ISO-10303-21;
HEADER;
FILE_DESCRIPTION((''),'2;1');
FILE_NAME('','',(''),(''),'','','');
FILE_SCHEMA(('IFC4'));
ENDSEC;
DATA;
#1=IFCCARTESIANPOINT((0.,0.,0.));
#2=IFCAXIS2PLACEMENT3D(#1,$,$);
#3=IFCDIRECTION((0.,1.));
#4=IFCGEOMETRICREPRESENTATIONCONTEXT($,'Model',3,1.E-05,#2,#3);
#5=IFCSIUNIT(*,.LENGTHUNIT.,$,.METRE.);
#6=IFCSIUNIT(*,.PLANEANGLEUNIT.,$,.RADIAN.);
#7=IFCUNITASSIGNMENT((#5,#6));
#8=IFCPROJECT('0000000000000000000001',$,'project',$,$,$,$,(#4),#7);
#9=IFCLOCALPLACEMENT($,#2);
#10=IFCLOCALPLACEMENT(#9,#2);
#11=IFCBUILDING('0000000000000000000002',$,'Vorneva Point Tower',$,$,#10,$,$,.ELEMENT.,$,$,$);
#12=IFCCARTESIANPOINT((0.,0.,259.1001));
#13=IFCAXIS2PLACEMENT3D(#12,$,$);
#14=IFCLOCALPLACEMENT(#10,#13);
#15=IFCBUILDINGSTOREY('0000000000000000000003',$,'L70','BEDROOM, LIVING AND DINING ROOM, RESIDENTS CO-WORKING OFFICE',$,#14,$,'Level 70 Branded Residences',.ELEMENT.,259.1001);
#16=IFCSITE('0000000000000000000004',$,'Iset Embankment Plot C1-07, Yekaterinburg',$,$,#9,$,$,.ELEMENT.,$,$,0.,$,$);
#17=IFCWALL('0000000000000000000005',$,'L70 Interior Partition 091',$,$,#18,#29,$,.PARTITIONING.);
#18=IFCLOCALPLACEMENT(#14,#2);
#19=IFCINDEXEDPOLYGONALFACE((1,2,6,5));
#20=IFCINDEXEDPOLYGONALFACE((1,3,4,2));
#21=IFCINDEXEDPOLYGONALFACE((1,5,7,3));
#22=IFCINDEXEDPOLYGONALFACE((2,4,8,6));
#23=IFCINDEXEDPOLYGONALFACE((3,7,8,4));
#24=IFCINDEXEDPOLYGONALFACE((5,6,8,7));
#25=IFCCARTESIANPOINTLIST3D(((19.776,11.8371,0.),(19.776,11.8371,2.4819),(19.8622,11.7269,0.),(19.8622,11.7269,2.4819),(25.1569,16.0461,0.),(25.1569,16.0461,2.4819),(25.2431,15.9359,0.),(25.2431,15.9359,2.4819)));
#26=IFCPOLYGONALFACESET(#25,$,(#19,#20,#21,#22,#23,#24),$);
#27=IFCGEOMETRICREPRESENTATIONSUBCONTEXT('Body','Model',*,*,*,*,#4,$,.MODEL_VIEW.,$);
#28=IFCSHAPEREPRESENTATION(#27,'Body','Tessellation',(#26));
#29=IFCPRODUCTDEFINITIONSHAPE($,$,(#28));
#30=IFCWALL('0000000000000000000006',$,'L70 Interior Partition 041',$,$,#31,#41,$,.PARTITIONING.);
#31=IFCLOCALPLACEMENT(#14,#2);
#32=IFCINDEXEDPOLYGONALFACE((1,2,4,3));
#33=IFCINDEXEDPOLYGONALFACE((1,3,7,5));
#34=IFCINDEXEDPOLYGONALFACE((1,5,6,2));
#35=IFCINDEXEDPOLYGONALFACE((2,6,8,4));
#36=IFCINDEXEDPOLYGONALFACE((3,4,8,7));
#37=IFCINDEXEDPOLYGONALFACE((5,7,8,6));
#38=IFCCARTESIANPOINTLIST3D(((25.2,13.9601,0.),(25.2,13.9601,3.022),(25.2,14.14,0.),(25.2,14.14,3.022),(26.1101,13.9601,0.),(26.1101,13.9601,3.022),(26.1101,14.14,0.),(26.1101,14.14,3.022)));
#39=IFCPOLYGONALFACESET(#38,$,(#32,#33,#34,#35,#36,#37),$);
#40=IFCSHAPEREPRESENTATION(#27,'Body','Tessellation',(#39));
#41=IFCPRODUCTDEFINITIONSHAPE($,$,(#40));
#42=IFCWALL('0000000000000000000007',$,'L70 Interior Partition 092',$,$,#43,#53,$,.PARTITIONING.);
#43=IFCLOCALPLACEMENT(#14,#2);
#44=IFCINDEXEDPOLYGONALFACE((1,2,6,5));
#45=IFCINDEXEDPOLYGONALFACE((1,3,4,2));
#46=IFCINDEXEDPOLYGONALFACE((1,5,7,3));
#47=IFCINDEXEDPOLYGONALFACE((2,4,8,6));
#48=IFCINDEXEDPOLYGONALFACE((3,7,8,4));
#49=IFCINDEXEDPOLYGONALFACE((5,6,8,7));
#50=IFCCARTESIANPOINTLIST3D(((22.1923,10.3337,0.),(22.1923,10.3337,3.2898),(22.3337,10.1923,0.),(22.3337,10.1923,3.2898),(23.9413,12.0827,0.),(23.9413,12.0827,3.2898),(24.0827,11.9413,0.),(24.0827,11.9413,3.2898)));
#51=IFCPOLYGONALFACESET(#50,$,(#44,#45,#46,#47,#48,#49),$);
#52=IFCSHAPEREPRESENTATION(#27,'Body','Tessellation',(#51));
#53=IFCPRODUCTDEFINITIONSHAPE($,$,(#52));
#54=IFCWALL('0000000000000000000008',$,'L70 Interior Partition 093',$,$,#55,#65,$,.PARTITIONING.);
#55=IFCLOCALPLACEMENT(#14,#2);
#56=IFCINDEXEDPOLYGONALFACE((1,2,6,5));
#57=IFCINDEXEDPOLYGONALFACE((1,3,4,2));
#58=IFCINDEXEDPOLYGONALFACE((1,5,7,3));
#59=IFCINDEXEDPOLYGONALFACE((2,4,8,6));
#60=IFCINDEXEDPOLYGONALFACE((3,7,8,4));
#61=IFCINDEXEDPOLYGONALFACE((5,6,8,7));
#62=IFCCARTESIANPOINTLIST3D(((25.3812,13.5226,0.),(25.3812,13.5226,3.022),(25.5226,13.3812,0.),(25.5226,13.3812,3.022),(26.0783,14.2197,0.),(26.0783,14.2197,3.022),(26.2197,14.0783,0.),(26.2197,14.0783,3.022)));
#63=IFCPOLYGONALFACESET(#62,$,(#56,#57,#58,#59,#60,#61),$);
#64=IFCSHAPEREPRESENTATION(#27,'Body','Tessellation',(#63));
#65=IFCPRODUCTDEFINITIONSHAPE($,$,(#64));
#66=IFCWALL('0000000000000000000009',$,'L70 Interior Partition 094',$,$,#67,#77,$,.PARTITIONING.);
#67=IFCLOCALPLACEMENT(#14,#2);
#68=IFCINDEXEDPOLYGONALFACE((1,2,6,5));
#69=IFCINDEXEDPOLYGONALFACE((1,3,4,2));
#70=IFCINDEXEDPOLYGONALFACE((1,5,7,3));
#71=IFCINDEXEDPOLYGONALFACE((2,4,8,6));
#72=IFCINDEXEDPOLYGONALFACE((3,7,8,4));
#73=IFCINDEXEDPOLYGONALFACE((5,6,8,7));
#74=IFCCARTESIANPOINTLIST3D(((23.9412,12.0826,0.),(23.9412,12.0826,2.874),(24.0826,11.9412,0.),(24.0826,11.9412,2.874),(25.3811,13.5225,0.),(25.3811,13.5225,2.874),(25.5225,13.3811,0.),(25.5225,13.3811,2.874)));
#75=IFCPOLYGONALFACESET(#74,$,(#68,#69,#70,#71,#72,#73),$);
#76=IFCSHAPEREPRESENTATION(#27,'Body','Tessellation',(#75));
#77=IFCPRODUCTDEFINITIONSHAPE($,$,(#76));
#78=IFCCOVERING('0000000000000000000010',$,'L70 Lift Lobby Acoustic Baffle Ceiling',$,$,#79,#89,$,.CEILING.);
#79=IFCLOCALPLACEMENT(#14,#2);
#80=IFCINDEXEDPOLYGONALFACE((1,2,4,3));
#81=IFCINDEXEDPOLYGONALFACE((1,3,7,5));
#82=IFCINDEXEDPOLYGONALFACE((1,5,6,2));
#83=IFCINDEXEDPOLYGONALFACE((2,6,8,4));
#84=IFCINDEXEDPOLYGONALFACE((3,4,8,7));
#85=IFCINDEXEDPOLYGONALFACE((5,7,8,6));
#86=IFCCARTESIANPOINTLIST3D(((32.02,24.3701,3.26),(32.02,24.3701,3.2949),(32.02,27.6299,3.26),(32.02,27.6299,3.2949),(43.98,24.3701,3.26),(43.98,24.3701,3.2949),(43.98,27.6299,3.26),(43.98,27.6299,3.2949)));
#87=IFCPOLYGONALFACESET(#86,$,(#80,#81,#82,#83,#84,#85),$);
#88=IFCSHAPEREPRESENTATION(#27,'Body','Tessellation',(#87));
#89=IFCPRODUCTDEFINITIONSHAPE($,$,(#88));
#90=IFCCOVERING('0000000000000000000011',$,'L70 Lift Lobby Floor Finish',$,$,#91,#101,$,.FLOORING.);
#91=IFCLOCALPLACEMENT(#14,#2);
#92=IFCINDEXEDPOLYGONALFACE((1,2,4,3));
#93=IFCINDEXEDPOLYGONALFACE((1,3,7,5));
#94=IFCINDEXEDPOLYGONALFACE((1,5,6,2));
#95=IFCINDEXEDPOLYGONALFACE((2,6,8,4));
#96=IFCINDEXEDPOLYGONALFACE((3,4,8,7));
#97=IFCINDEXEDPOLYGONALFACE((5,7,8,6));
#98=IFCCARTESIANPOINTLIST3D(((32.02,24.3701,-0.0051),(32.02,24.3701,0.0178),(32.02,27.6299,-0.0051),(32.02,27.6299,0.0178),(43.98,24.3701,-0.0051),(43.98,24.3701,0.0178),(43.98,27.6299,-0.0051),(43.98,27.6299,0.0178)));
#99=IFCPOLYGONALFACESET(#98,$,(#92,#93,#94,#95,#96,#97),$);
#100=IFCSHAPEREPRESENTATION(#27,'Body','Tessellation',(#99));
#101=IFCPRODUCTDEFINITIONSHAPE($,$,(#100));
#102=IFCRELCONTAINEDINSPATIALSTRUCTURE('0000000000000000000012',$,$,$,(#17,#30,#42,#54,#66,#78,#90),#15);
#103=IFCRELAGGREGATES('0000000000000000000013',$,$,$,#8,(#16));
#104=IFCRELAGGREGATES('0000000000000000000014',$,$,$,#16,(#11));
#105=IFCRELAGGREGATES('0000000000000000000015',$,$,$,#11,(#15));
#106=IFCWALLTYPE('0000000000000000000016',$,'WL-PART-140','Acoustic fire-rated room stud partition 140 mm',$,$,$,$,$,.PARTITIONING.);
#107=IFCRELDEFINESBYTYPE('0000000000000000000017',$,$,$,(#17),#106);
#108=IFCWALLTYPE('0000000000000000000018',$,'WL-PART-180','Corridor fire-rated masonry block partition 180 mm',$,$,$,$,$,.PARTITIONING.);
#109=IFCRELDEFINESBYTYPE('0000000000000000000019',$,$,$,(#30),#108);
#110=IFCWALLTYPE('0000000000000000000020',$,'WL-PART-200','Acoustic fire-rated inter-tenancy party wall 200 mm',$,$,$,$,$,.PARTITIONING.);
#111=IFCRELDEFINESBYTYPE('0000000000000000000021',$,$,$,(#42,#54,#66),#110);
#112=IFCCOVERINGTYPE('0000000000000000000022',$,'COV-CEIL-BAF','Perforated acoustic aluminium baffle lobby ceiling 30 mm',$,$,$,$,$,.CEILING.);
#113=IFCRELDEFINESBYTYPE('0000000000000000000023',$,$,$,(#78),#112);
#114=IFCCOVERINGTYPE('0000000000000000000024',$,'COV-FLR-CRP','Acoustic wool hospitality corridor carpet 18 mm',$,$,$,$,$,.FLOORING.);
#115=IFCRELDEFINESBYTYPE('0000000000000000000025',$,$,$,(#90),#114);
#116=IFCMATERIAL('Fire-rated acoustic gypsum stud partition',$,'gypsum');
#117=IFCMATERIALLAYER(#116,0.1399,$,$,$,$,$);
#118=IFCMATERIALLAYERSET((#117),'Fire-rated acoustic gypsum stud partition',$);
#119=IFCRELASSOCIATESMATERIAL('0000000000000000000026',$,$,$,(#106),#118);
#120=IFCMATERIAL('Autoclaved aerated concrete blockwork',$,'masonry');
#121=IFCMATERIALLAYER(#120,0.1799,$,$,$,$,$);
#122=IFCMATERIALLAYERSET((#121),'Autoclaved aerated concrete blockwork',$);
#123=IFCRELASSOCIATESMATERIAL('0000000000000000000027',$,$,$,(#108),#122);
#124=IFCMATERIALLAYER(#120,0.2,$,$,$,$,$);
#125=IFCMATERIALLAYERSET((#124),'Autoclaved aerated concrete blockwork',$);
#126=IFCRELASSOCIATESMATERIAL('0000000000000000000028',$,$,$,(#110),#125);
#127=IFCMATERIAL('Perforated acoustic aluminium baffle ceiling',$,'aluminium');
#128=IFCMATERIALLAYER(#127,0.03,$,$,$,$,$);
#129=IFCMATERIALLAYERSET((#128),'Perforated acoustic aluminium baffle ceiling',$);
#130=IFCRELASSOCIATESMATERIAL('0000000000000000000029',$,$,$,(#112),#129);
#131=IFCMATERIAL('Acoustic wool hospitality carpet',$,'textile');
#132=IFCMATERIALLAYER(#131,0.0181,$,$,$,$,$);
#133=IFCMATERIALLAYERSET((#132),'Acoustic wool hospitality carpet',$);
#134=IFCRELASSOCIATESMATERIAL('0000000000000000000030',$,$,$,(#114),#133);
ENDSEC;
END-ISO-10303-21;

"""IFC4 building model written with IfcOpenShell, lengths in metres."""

from ifc_helpers import new_model, si_unit, direction, frame, frame_2d, origin, place, context, subcontext, project, spatial, polyline, rectangle, outline, extrude, material, layer, layer_set, type_object, element, save


model = new_model("IFC4")

# Units and contexts
model_context = context("Model", 3, precision=1e-05, world=origin(), true_north=direction((0.0, 1.0)))
body_context = subcontext(model_context, "Body", "Model", "MODEL_VIEW")
ifc_project = project(units=[si_unit("LENGTHUNIT", "METRE"), si_unit("PLANEANGLEUNIT", "RADIAN")], contexts=[model_context])

# Site, building, storey
site_placement = place(None, origin())
site = spatial("IfcSite", under=ifc_project, at=site_placement, Name="Iset Embankment Plot C1-07, Yekaterinburg", CompositionType="ELEMENT", RefElevation=0.0)
building_placement = place(site_placement, origin())
building = spatial("IfcBuilding", under=site, at=building_placement, Name="Vorneva Point Tower", CompositionType="ELEMENT")
storey_placement = place(building_placement, frame((0.0, 0.0, 259.1001)))
storey = spatial("IfcBuildingStorey", under=building, at=storey_placement, Name="L70", Description="BEDROOM, LIVING AND DINING ROOM, RESIDENTS CO-WORKING OFFICE", LongName="Level 70 Branded Residences", CompositionType="ELEMENT", Elevation=259.1001)

# Walls
ifc_material_1 = material(Name="Fire-rated acoustic gypsum stud partition", Category="gypsum")
ifc_layer_1 = layer(ifc_material_1, 0.1399)
ifc_layer_set_1 = layer_set([ifc_layer_1], Name="Fire-rated acoustic gypsum stud partition")
wall_type_1 = type_object("IfcWallType", Name="WL-PART-140", Description="Acoustic fire-rated room stud partition 140 mm", PredefinedType="PARTITIONING", material=ifc_layer_set_1)
wall_1_placement = place(storey_placement, frame((19.8191, 11.782, 0.0), z_axis=(0.0, 0.0, 1.0), x_axis=(0.787656, 0.616116, 0.0)))
element("IfcWall", 1, at=wall_1_placement, inside=storey, type_object=wall_type_1, Name="L70 Interior Partition 091", PredefinedType="PARTITIONING", context=body_context, shape_type="SweptSolid", body=[
    extrude(rectangle(XDim=6.8315, YDim=0.1399, at=frame_2d((3.4158, 0.0))), origin(), (0.0, 0.0, 1.0), 2.4819),
])
ifc_material_2 = material(Name="Autoclaved aerated concrete blockwork", Category="masonry")
ifc_layer_2 = layer(ifc_material_2, 0.1799)
ifc_layer_set_2 = layer_set([ifc_layer_2], Name="Autoclaved aerated concrete blockwork")
wall_type_2 = type_object("IfcWallType", Name="WL-PART-180", Description="Corridor fire-rated masonry block partition 180 mm", PredefinedType="PARTITIONING", material=ifc_layer_set_2)
wall_2_placement = place(storey_placement, frame((25.2, 14.05, 0.0), z_axis=(0.0, 0.0, 1.0), x_axis=(1.0, 0.0, 0.0)))
element("IfcWall", 2, at=wall_2_placement, inside=storey, type_object=wall_type_2, Name="L70 Interior Partition 041", PredefinedType="PARTITIONING", context=body_context, shape_type="SweptSolid", body=[
    extrude(rectangle(XDim=0.9102, YDim=0.1799, at=frame_2d((0.4551, 0.0))), origin(), (0.0, 0.0, 1.0), 3.022),
])
ifc_layer_3 = layer(ifc_material_2, 0.2)
ifc_layer_set_3 = layer_set([ifc_layer_3], Name="Autoclaved aerated concrete blockwork")
wall_type_3 = type_object("IfcWallType", Name="WL-PART-200", Description="Acoustic fire-rated inter-tenancy party wall 200 mm", PredefinedType="PARTITIONING", material=ifc_layer_set_3)
wall_3_placement = place(storey_placement, frame((22.2629, 10.2629, 0.0), z_axis=(0.0, 0.0, 1.0), x_axis=(0.707107, 0.707107, 0.0)))
element("IfcWall", 3, at=wall_3_placement, inside=storey, type_object=wall_type_3, Name="L70 Interior Partition 092", PredefinedType="PARTITIONING", context=body_context, shape_type="SweptSolid", body=[
    extrude(rectangle(XDim=2.4734, YDim=0.2, at=frame_2d((1.2368, 0.0))), origin(), (0.0, 0.0, 1.0), 3.2898),
])
wall_4_placement = place(storey_placement, frame((25.4519, 13.4519, 0.0), z_axis=(0.0, 0.0, 1.0), x_axis=(0.707107, 0.707107, 0.0)))
element("IfcWall", 4, at=wall_4_placement, inside=storey, type_object=wall_type_3, Name="L70 Interior Partition 093", PredefinedType="PARTITIONING", context=body_context, shape_type="SweptSolid", body=[
    extrude(rectangle(XDim=0.9858, YDim=0.2, at=frame_2d((0.4929, 0.0))), origin(), (0.0, 0.0, 1.0), 3.022),
])
wall_5_placement = place(storey_placement, frame((24.012, 12.012, 0.0), z_axis=(0.0, 0.0, 1.0), x_axis=(0.707107, 0.707107, 0.0)))
element("IfcWall", 5, at=wall_5_placement, inside=storey, type_object=wall_type_3, Name="L70 Interior Partition 094", PredefinedType="PARTITIONING", context=body_context, shape_type="SweptSolid", body=[
    extrude(rectangle(XDim=2.0364, YDim=0.2, at=frame_2d((1.0181, 0.0))), origin(), (0.0, 0.0, 1.0), 2.874),
])

# Coverings
ifc_material_3 = material(Name="Perforated acoustic aluminium baffle ceiling", Category="aluminium")
ifc_layer_4 = layer(ifc_material_3, 0.03)
ifc_layer_set_4 = layer_set([ifc_layer_4], Name="Perforated acoustic aluminium baffle ceiling")
covering_type_1 = type_object("IfcCoveringType", Name="COV-CEIL-BAF", Description="Perforated acoustic aluminium baffle lobby ceiling 30 mm", PredefinedType="CEILING", material=ifc_layer_set_4)
covering_1_placement = place(storey_placement, frame((0.0, 0.0, 3.26)))
element("IfcCovering", 6, at=covering_1_placement, inside=storey, type_object=covering_type_1, Name="L70 Lift Lobby Acoustic Baffle Ceiling", PredefinedType="CEILING", context=body_context, shape_type="SweptSolid", body=[
    extrude(outline(polyline([(32.02, 24.3701), (43.98, 24.3701), (43.98, 27.6299), (32.02, 27.6299), (32.02, 24.3701)])), origin(), (0.0, 0.0, 1.0), 0.0349),
])
ifc_material_4 = material(Name="Acoustic wool hospitality carpet", Category="textile")
ifc_layer_5 = layer(ifc_material_4, 0.0181)
ifc_layer_set_5 = layer_set([ifc_layer_5], Name="Acoustic wool hospitality carpet")
covering_type_2 = type_object("IfcCoveringType", Name="COV-FLR-CRP", Description="Acoustic wool hospitality corridor carpet 18 mm", PredefinedType="FLOORING", material=ifc_layer_set_5)
covering_2_placement = place(storey_placement, frame((0.0, 0.0, -0.0051)))
element("IfcCovering", 7, at=covering_2_placement, inside=storey, type_object=covering_type_2, Name="L70 Lift Lobby Floor Finish", PredefinedType="FLOORING", context=body_context, shape_type="SweptSolid", body=[
    extrude(outline(polyline([(32.02, 24.3701), (43.98, 24.3701), (43.98, 27.6299), (32.02, 27.6299), (32.02, 24.3701)])), origin(), (0.0, 0.0, 1.0), 0.0229),
])

save(model, "model.ifc")
